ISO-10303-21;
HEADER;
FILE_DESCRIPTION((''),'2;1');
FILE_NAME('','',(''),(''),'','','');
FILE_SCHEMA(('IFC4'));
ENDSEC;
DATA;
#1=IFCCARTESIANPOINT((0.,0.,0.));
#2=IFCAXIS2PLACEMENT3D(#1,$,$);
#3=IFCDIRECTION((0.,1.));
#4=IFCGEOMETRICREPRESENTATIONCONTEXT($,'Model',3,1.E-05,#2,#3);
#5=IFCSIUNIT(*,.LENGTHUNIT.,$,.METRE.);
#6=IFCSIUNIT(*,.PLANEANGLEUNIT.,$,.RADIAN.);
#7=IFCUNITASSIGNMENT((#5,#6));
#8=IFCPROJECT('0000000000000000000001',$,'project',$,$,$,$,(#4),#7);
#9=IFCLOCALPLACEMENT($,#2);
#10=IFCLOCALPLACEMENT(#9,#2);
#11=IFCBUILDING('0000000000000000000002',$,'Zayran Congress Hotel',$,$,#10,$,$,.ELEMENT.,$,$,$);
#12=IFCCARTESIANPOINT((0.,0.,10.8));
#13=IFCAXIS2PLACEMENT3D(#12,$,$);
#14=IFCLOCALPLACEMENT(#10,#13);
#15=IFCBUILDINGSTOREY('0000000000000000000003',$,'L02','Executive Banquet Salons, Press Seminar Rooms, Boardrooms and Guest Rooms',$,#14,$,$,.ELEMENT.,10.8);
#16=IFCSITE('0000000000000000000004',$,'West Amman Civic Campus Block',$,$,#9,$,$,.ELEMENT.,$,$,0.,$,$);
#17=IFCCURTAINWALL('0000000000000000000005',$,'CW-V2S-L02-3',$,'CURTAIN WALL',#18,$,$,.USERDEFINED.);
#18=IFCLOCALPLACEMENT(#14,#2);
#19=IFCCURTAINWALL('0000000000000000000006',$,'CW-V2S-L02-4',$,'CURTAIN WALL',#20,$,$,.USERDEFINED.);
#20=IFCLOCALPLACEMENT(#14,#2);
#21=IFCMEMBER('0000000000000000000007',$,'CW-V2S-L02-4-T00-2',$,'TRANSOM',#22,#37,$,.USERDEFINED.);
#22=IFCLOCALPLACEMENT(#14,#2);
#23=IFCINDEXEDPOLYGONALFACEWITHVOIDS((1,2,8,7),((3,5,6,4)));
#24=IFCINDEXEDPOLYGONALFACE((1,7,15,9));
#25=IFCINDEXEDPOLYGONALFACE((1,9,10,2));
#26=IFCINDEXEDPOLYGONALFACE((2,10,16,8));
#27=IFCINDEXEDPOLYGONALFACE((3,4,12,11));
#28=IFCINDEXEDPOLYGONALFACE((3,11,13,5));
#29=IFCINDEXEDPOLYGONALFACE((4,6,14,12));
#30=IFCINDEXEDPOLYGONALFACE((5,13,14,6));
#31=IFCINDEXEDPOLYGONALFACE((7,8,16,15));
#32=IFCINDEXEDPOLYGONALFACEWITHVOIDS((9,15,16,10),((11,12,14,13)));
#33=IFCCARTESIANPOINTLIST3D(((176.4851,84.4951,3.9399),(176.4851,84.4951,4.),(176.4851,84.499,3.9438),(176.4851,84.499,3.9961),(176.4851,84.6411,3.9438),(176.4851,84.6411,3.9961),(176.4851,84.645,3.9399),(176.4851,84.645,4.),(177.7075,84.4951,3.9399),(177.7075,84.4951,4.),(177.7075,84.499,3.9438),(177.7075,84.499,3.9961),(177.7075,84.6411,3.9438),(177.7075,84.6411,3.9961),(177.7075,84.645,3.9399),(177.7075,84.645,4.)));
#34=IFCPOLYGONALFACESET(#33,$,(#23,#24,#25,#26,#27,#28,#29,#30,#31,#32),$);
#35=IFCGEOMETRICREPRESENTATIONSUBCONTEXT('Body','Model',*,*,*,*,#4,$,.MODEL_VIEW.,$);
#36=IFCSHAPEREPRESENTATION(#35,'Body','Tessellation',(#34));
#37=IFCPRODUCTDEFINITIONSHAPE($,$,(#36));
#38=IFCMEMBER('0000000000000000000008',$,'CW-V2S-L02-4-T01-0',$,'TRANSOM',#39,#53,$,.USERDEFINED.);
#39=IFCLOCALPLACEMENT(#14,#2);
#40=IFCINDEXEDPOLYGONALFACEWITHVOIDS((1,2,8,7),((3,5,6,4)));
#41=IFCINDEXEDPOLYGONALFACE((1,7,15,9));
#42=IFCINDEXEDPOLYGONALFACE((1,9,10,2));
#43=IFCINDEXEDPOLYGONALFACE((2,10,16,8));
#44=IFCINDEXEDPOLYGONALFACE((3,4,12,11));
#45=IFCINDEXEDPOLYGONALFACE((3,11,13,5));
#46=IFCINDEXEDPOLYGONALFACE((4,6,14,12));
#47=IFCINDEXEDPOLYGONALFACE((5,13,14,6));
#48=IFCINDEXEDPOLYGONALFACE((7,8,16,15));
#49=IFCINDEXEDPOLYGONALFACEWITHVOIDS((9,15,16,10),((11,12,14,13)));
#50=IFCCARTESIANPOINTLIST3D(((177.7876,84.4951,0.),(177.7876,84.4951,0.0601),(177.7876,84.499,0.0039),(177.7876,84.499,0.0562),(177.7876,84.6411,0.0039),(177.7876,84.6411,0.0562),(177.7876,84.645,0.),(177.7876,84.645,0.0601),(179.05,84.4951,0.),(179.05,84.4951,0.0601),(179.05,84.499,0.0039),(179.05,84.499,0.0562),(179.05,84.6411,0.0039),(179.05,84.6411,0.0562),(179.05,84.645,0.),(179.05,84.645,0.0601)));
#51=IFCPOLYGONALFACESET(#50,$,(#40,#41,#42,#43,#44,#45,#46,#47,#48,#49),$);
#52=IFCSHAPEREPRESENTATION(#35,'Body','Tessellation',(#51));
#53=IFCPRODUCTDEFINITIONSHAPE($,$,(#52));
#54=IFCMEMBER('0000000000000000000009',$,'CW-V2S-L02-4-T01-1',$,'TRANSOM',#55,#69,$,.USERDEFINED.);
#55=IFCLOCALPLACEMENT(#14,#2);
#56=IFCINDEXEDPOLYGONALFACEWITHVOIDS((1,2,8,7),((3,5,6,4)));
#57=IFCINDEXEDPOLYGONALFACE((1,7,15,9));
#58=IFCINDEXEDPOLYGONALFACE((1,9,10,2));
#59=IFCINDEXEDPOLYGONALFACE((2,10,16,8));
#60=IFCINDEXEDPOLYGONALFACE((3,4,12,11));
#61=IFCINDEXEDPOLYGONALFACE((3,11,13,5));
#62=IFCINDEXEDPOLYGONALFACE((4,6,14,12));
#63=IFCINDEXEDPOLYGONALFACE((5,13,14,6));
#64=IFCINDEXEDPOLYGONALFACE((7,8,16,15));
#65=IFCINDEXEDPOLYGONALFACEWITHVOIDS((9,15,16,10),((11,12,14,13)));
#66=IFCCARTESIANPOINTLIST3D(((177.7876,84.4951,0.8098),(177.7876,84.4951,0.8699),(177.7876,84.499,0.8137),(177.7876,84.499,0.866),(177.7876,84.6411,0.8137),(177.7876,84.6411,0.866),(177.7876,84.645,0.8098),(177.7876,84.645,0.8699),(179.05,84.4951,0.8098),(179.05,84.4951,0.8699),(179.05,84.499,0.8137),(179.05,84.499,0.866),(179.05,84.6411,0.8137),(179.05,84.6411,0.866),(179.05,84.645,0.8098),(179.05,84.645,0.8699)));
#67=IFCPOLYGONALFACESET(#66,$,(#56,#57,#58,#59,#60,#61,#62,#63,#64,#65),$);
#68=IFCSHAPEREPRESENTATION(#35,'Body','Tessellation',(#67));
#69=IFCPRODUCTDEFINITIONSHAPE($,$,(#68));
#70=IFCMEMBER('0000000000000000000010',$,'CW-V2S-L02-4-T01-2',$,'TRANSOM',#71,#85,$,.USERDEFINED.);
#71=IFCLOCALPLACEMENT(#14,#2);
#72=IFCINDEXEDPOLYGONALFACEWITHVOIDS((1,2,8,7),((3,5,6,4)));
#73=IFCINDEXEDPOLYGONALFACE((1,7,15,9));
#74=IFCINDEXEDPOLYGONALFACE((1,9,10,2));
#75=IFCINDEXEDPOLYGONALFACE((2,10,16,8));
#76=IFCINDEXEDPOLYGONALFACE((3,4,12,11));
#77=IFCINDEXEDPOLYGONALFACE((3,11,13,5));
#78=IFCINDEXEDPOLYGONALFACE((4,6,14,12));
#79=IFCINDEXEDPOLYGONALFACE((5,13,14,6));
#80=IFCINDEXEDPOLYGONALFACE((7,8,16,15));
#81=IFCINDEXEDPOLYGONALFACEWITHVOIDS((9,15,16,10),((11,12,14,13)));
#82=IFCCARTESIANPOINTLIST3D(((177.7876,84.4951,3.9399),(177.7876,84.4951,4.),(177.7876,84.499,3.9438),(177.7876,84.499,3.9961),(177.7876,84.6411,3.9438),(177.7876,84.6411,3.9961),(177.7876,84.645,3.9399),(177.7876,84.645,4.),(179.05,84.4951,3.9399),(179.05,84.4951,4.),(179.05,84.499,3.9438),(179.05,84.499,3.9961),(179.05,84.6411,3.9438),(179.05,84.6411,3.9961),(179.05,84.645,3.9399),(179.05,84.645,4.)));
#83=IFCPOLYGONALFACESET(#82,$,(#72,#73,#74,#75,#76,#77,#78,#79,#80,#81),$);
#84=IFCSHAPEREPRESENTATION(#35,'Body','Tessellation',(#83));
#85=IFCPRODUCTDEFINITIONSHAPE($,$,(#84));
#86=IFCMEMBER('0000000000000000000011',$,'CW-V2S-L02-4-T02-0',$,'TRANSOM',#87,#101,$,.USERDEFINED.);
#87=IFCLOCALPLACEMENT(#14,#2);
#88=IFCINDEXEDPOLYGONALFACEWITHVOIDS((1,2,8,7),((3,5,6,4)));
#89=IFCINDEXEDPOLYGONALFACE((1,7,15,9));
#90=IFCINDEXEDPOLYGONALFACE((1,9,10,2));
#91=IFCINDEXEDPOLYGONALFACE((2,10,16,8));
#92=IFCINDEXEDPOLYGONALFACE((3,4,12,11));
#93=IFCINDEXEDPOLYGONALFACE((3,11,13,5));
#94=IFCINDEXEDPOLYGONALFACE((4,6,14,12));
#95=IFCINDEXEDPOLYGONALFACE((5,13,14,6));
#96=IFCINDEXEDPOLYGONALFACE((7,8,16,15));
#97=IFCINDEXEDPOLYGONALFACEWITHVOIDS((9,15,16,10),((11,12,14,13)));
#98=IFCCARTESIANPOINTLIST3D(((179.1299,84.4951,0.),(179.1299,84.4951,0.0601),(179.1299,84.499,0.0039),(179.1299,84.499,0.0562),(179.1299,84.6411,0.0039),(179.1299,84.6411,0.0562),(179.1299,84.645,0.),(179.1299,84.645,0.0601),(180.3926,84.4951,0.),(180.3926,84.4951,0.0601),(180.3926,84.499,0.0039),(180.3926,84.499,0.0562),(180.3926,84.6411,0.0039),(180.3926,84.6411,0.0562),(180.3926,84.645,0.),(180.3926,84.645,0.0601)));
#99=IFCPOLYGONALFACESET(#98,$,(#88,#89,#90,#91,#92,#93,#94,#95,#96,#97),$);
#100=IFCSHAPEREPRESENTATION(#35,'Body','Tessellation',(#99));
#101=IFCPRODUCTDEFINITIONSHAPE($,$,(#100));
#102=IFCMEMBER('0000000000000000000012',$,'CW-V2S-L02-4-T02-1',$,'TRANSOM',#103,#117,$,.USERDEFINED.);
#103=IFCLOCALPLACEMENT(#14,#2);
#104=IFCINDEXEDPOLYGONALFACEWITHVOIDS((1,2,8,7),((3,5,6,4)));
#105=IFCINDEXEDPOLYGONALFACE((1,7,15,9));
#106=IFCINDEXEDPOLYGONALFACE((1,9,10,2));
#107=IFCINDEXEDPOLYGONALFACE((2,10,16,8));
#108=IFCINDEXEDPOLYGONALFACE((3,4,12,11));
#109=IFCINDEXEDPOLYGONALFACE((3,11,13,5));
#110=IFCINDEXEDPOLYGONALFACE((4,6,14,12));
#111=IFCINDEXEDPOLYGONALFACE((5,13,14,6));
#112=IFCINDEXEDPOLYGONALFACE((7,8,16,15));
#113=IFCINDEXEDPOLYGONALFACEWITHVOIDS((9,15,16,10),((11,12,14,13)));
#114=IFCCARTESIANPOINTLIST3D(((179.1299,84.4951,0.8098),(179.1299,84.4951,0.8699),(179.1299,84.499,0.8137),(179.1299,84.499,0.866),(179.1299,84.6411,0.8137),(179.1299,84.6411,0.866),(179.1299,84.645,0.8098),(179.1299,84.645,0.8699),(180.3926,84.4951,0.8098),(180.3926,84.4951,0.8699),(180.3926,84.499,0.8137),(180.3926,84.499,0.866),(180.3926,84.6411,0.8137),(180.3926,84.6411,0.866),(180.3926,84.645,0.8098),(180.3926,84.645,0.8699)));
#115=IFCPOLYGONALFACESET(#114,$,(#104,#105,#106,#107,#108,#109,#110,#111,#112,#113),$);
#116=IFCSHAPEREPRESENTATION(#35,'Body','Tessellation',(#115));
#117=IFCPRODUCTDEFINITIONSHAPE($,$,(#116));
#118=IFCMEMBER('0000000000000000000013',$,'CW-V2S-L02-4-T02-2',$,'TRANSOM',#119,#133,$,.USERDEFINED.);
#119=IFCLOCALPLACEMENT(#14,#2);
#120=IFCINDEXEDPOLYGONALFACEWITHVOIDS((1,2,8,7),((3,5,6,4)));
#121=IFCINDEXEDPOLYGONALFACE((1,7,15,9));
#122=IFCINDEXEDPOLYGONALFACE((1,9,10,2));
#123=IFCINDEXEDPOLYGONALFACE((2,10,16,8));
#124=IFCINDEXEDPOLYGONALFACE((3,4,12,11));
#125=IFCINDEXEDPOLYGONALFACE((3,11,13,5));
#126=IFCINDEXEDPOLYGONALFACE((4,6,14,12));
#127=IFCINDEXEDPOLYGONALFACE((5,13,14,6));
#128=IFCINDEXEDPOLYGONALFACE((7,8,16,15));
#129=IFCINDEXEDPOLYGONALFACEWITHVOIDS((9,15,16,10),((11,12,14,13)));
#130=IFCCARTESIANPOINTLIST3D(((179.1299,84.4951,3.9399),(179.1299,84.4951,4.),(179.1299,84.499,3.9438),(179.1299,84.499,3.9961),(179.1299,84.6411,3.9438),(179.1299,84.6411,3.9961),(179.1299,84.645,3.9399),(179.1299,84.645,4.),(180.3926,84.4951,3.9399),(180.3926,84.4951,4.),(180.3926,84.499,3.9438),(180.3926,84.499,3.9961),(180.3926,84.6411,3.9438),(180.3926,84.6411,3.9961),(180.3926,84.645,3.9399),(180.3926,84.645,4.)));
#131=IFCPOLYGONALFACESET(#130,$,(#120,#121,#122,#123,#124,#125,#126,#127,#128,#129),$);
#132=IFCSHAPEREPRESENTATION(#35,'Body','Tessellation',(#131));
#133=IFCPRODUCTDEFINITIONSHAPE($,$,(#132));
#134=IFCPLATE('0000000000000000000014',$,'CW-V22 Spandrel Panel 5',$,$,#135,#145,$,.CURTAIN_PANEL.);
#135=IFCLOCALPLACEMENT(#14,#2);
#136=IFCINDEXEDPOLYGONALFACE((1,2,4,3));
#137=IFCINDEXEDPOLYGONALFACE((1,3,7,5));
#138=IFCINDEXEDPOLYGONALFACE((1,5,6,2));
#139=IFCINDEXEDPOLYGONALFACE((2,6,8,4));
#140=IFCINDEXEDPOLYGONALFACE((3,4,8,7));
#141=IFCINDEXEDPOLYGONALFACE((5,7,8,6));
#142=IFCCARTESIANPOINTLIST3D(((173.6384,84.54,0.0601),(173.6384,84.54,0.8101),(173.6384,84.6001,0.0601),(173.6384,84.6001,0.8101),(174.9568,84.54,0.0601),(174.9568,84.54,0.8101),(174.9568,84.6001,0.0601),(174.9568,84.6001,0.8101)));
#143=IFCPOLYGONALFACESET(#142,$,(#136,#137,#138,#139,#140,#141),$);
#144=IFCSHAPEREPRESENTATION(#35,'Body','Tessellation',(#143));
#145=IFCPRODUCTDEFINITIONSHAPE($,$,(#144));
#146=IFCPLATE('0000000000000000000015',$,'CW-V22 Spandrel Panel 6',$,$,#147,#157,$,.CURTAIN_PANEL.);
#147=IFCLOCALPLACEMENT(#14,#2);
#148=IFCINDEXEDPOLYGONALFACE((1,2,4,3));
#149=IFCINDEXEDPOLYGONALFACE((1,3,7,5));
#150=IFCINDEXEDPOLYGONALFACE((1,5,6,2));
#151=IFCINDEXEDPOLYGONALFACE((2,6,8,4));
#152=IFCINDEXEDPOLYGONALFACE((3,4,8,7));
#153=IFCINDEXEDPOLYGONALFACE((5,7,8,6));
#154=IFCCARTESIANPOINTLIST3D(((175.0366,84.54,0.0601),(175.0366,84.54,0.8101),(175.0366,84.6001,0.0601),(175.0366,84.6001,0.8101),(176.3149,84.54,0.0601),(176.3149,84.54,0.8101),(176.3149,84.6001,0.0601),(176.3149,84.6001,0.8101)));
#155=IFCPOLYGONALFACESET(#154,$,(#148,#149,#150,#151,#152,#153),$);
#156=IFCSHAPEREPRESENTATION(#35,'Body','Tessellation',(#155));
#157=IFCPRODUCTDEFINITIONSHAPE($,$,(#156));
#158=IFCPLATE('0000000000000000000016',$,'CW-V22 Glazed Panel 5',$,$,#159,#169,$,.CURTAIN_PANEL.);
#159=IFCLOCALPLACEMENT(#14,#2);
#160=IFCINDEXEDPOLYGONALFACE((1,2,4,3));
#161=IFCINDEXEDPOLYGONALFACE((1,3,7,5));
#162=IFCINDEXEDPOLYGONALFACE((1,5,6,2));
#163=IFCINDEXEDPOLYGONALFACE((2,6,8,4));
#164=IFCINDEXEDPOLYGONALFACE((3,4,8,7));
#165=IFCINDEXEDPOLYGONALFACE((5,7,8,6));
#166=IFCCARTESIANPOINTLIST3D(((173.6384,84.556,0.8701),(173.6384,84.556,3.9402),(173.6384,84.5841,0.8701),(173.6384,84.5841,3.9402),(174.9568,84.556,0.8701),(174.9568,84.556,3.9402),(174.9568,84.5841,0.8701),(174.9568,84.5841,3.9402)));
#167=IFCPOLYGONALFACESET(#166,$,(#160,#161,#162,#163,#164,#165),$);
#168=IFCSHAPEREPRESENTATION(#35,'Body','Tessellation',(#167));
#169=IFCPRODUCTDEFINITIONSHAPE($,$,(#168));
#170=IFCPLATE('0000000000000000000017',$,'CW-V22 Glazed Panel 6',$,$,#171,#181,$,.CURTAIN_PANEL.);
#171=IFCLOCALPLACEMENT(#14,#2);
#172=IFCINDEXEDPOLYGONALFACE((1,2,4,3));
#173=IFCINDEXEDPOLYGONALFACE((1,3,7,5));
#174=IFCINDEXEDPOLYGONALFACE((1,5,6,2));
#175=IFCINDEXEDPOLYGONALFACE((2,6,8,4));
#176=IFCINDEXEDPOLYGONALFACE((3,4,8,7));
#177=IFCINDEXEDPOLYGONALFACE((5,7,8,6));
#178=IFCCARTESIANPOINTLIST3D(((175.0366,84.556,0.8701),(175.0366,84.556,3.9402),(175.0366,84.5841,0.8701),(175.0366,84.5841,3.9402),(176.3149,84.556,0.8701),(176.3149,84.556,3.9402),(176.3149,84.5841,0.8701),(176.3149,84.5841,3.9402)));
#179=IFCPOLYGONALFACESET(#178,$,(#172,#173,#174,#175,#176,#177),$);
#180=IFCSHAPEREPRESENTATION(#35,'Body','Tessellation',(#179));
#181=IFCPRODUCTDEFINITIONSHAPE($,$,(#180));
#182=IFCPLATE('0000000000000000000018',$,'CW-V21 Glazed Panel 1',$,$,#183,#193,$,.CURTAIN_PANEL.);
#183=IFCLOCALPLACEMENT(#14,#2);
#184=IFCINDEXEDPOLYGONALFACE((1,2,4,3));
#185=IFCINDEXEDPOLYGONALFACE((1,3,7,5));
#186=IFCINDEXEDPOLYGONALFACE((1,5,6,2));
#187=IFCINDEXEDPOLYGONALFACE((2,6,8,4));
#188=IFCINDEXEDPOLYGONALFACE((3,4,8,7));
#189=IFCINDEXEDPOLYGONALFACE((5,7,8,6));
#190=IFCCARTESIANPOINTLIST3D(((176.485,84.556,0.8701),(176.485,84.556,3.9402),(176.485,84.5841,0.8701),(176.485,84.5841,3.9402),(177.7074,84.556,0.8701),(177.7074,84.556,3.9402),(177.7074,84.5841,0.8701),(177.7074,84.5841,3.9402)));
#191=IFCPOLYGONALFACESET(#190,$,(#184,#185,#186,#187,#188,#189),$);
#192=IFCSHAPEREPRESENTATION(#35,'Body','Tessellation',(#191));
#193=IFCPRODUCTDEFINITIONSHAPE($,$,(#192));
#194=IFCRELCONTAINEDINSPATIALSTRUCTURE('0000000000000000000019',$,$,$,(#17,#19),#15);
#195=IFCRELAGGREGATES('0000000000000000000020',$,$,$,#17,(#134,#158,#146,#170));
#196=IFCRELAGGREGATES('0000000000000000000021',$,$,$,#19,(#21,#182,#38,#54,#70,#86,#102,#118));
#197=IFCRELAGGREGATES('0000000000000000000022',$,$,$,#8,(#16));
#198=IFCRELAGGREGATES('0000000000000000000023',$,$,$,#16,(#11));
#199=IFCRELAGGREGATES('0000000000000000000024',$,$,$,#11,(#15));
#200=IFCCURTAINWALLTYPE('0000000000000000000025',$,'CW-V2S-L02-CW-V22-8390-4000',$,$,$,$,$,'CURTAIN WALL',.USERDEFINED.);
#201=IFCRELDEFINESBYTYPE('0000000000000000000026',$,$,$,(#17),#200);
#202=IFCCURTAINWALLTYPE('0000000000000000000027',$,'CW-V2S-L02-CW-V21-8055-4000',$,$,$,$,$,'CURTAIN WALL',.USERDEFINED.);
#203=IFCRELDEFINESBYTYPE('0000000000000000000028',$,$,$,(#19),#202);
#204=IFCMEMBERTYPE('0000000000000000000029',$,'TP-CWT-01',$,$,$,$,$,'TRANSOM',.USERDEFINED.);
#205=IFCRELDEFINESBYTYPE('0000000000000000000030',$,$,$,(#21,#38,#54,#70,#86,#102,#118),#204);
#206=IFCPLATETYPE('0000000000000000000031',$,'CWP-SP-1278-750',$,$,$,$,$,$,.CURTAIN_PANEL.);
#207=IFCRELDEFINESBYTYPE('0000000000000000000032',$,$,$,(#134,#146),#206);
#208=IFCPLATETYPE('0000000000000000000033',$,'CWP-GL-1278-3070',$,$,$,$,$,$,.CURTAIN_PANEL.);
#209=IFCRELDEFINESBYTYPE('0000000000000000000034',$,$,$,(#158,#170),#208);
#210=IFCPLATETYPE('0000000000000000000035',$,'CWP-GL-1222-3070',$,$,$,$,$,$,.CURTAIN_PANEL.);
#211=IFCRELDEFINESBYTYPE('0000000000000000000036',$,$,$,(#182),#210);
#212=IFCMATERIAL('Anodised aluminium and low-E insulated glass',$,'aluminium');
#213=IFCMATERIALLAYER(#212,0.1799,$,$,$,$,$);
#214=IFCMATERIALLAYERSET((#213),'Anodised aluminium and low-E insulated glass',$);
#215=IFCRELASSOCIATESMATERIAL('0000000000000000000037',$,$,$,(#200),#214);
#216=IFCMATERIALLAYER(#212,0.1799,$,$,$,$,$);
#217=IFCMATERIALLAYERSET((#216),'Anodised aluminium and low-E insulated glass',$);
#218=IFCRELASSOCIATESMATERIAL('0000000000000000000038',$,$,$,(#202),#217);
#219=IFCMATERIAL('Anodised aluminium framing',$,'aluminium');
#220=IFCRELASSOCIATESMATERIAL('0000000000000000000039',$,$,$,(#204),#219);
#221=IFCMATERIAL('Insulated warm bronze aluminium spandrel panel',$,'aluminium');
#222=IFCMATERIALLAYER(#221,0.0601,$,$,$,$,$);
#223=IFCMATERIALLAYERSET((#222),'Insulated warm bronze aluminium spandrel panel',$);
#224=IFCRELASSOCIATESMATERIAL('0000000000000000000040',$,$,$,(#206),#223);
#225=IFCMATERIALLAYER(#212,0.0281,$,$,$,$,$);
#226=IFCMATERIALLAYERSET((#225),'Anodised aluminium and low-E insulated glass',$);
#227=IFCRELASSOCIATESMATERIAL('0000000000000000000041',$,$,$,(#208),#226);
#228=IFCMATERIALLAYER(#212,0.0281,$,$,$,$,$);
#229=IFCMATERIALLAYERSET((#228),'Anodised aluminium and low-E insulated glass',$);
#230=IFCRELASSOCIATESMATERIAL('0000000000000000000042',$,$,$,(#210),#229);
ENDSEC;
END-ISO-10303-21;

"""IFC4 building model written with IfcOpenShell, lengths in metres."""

from ifc_helpers import new_model, si_unit, direction, frame, origin, origin_2d, place, context, subcontext, project, spatial, rectangle, hollow_rectangle, extrude, material, layer, layer_set, material_profile, profile_set, type_object, element, aggregate, save


model = new_model("IFC4")

# Units and contexts
model_context = context("Model", 3, precision=1e-05, world=origin(), true_north=direction((0.0, 1.0)))
body_context = subcontext(model_context, "Body", "Model", "MODEL_VIEW")
ifc_project = project(units=[si_unit("LENGTHUNIT", "METRE"), si_unit("PLANEANGLEUNIT", "RADIAN")], contexts=[model_context])

# Site, building, storey
site_placement = place(None, origin())
site = spatial("IfcSite", under=ifc_project, at=site_placement, Name="West Amman Civic Campus Block", CompositionType="ELEMENT", RefElevation=0.0)
building_placement = place(site_placement, origin())
building = spatial("IfcBuilding", under=site, at=building_placement, Name="Zayran Congress Hotel", CompositionType="ELEMENT")
storey_placement = place(building_placement, frame((0.0, 0.0, 10.8)))
storey = spatial("IfcBuildingStorey", under=building, at=storey_placement, Name="L02", Description="Executive Banquet Salons, Press Seminar Rooms, Boardrooms and Guest Rooms", CompositionType="ELEMENT", Elevation=10.8)

# Curtain walls
ifc_material_1 = material(Name="Anodised aluminium and low-E insulated glass", Category="aluminium")
ifc_layer_1 = layer(ifc_material_1, 0.1799)
ifc_layer_set_1 = layer_set([ifc_layer_1], Name="Anodised aluminium and low-E insulated glass")
curtain_wall_type_1 = type_object("IfcCurtainWallType", Name="CW-V2S-L02-CW-V22-8390-4000", ElementType="CURTAIN WALL", PredefinedType="USERDEFINED", material=ifc_layer_set_1)
curtain_wall_1_placement = place(storey_placement, origin())
curtain_wall_1 = element("IfcCurtainWall", 1, at=curtain_wall_1_placement, inside=storey, type_object=curtain_wall_type_1, Name="CW-V2S-L02-3", ObjectType="CURTAIN WALL", PredefinedType="USERDEFINED")
ifc_material_2 = material(Name="Anodised aluminium framing", Category="aluminium")
ifc_layer_2 = layer(ifc_material_1, 0.1799)
ifc_layer_set_2 = layer_set([ifc_layer_2], Name="Anodised aluminium and low-E insulated glass")
curtain_wall_type_2 = type_object("IfcCurtainWallType", Name="CW-V2S-L02-CW-V21-8055-4000", ElementType="CURTAIN WALL", PredefinedType="USERDEFINED", material=ifc_layer_set_2)
curtain_wall_2_placement = place(storey_placement, origin())
curtain_wall_2 = element("IfcCurtainWall", 2, at=curtain_wall_2_placement, inside=storey, type_object=curtain_wall_type_2, Name="CW-V2S-L02-4", ObjectType="CURTAIN WALL", PredefinedType="USERDEFINED")

# Members
ifc_material_profile_1 = material_profile(ifc_material_2, hollow_rectangle(XDim=0.0601, YDim=0.1499, WallThickness=0.0039, at=origin_2d()), Name="RHS 150x60x4")
ifc_profile_set_1 = profile_set([ifc_material_profile_1], Name="Anodised aluminium framing")
member_type_1 = type_object("IfcMemberType", Name="TP-CWT-01", ElementType="TRANSOM", PredefinedType="USERDEFINED", material=ifc_profile_set_1)
member_1_placement = place(storey_placement, frame((176.4851, 84.5701, 3.97), z_axis=(1.0, 0.0, 0.0), x_axis=(0.0, 0.0, 1.0)))
member_1 = element("IfcMember", 3, at=member_1_placement, type_object=member_type_1, Name="CW-V2S-L02-4-T00-2", ObjectType="TRANSOM", PredefinedType="USERDEFINED", context=body_context, shape_type="SweptSolid", body=[
    extrude(hollow_rectangle(XDim=0.0601, YDim=0.1499, WallThickness=0.0039, at=origin_2d()), origin(), (0.0, 0.0, 1.0), 1.2224),
])
member_2_placement = place(storey_placement, frame((177.7876, 84.5701, 0.03), z_axis=(1.0, 0.0, 0.0), x_axis=(0.0, 0.0, 1.0)))
member_2 = element("IfcMember", 4, at=member_2_placement, type_object=member_type_1, Name="CW-V2S-L02-4-T01-0", ObjectType="TRANSOM", PredefinedType="USERDEFINED", context=body_context, shape_type="SweptSolid", body=[
    extrude(hollow_rectangle(XDim=0.0601, YDim=0.1499, WallThickness=0.0039, at=origin_2d()), origin(), (0.0, 0.0, 1.0), 1.2625),
])
member_3_placement = place(storey_placement, frame((177.7876, 84.5701, 0.8398), z_axis=(1.0, 0.0, 0.0), x_axis=(0.0, 0.0, 1.0)))
member_3 = element("IfcMember", 5, at=member_3_placement, type_object=member_type_1, Name="CW-V2S-L02-4-T01-1", ObjectType="TRANSOM", PredefinedType="USERDEFINED", context=body_context, shape_type="SweptSolid", body=[
    extrude(hollow_rectangle(XDim=0.0601, YDim=0.1499, WallThickness=0.0039, at=origin_2d()), origin(), (0.0, 0.0, 1.0), 1.2625),
])
member_4_placement = place(storey_placement, frame((177.7876, 84.5701, 3.97), z_axis=(1.0, 0.0, 0.0), x_axis=(0.0, 0.0, 1.0)))
member_4 = element("IfcMember", 6, at=member_4_placement, type_object=member_type_1, Name="CW-V2S-L02-4-T01-2", ObjectType="TRANSOM", PredefinedType="USERDEFINED", context=body_context, shape_type="SweptSolid", body=[
    extrude(hollow_rectangle(XDim=0.0601, YDim=0.1499, WallThickness=0.0039, at=origin_2d()), origin(), (0.0, 0.0, 1.0), 1.2625),
])
member_5_placement = place(storey_placement, frame((179.1299, 84.5701, 0.03), z_axis=(1.0, 0.0, 0.0), x_axis=(0.0, 0.0, 1.0)))
member_5 = element("IfcMember", 7, at=member_5_placement, type_object=member_type_1, Name="CW-V2S-L02-4-T02-0", ObjectType="TRANSOM", PredefinedType="USERDEFINED", context=body_context, shape_type="SweptSolid", body=[
    extrude(hollow_rectangle(XDim=0.0601, YDim=0.1499, WallThickness=0.0039, at=origin_2d()), origin(), (0.0, 0.0, 1.0), 1.2627),
])
member_6_placement = place(storey_placement, frame((179.1299, 84.5701, 0.8398), z_axis=(1.0, 0.0, 0.0), x_axis=(0.0, 0.0, 1.0)))
member_6 = element("IfcMember", 8, at=member_6_placement, type_object=member_type_1, Name="CW-V2S-L02-4-T02-1", ObjectType="TRANSOM", PredefinedType="USERDEFINED", context=body_context, shape_type="SweptSolid", body=[
    extrude(hollow_rectangle(XDim=0.0601, YDim=0.1499, WallThickness=0.0039, at=origin_2d()), origin(), (0.0, 0.0, 1.0), 1.2627),
])
member_7_placement = place(storey_placement, frame((179.1299, 84.5701, 3.97), z_axis=(1.0, 0.0, 0.0), x_axis=(0.0, 0.0, 1.0)))
member_7 = element("IfcMember", 9, at=member_7_placement, type_object=member_type_1, Name="CW-V2S-L02-4-T02-2", ObjectType="TRANSOM", PredefinedType="USERDEFINED", context=body_context, shape_type="SweptSolid", body=[
    extrude(hollow_rectangle(XDim=0.0601, YDim=0.1499, WallThickness=0.0039, at=origin_2d()), origin(), (0.0, 0.0, 1.0), 1.2627),
])

# Plates
ifc_material_3 = material(Name="Insulated warm bronze aluminium spandrel panel", Category="aluminium")
ifc_layer_3 = layer(ifc_material_3, 0.0601)
ifc_layer_set_3 = layer_set([ifc_layer_3], Name="Insulated warm bronze aluminium spandrel panel")
plate_type_1 = type_object("IfcPlateType", Name="CWP-SP-1278-750", PredefinedType="CURTAIN_PANEL", material=ifc_layer_set_3)
plate_1_placement = place(storey_placement, frame((174.2976, 84.5701, 0.0601), z_axis=(0.0, 0.0, 1.0), x_axis=(1.0, 0.0, 0.0)))
plate_1 = element("IfcPlate", 10, at=plate_1_placement, type_object=plate_type_1, Name="CW-V22 Spandrel Panel 5", PredefinedType="CURTAIN_PANEL", context=body_context, shape_type="SweptSolid", body=[
    extrude(rectangle(XDim=1.3184, YDim=0.0601, at=origin_2d()), origin(), (0.0, 0.0, 1.0), 0.75),
])
plate_2_placement = place(storey_placement, frame((175.6758, 84.5701, 0.0601), z_axis=(0.0, 0.0, 1.0), x_axis=(1.0, 0.0, 0.0)))
plate_2 = element("IfcPlate", 11, at=plate_2_placement, type_object=plate_type_1, Name="CW-V22 Spandrel Panel 6", PredefinedType="CURTAIN_PANEL", context=body_context, shape_type="SweptSolid", body=[
    extrude(rectangle(XDim=1.2783, YDim=0.0601, at=origin_2d()), origin(), (0.0, 0.0, 1.0), 0.75),
])
ifc_layer_4 = layer(ifc_material_1, 0.0281)
ifc_layer_set_4 = layer_set([ifc_layer_4], Name="Anodised aluminium and low-E insulated glass")
plate_type_2 = type_object("IfcPlateType", Name="CWP-GL-1278-3070", PredefinedType="CURTAIN_PANEL", material=ifc_layer_set_4)
plate_3_placement = place(storey_placement, frame((174.2976, 84.5701, 0.8701), z_axis=(0.0, 0.0, 1.0), x_axis=(1.0, 0.0, 0.0)))
plate_3 = element("IfcPlate", 12, at=plate_3_placement, type_object=plate_type_2, Name="CW-V22 Glazed Panel 5", PredefinedType="CURTAIN_PANEL", context=body_context, shape_type="SweptSolid", body=[
    extrude(rectangle(XDim=1.3184, YDim=0.0281, at=origin_2d()), origin(), (0.0, 0.0, 1.0), 3.0701),
])
plate_4_placement = place(storey_placement, frame((175.6758, 84.5701, 0.8701), z_axis=(0.0, 0.0, 1.0), x_axis=(1.0, 0.0, 0.0)))
plate_4 = element("IfcPlate", 13, at=plate_4_placement, type_object=plate_type_2, Name="CW-V22 Glazed Panel 6", PredefinedType="CURTAIN_PANEL", context=body_context, shape_type="SweptSolid", body=[
    extrude(rectangle(XDim=1.2783, YDim=0.0281, at=origin_2d()), origin(), (0.0, 0.0, 1.0), 3.0701),
])
aggregate(curtain_wall_1, [plate_1, plate_3, plate_2, plate_4])
ifc_layer_5 = layer(ifc_material_1, 0.0281)
ifc_layer_set_5 = layer_set([ifc_layer_5], Name="Anodised aluminium and low-E insulated glass")
plate_type_3 = type_object("IfcPlateType", Name="CWP-GL-1222-3070", PredefinedType="CURTAIN_PANEL", material=ifc_layer_set_5)
plate_5_placement = place(storey_placement, frame((177.0962, 84.5701, 0.8701), z_axis=(0.0, 0.0, 1.0), x_axis=(1.0, 0.0, 0.0)))
plate_5 = element("IfcPlate", 14, at=plate_5_placement, type_object=plate_type_3, Name="CW-V21 Glazed Panel 1", PredefinedType="CURTAIN_PANEL", context=body_context, shape_type="SweptSolid", body=[
    extrude(rectangle(XDim=1.2224, YDim=0.0281, at=origin_2d()), origin(), (0.0, 0.0, 1.0), 3.0701),
])
aggregate(curtain_wall_2, [member_1, plate_5, member_2, member_3, member_4, member_5, member_6, member_7])

save(model, "model.ifc")
